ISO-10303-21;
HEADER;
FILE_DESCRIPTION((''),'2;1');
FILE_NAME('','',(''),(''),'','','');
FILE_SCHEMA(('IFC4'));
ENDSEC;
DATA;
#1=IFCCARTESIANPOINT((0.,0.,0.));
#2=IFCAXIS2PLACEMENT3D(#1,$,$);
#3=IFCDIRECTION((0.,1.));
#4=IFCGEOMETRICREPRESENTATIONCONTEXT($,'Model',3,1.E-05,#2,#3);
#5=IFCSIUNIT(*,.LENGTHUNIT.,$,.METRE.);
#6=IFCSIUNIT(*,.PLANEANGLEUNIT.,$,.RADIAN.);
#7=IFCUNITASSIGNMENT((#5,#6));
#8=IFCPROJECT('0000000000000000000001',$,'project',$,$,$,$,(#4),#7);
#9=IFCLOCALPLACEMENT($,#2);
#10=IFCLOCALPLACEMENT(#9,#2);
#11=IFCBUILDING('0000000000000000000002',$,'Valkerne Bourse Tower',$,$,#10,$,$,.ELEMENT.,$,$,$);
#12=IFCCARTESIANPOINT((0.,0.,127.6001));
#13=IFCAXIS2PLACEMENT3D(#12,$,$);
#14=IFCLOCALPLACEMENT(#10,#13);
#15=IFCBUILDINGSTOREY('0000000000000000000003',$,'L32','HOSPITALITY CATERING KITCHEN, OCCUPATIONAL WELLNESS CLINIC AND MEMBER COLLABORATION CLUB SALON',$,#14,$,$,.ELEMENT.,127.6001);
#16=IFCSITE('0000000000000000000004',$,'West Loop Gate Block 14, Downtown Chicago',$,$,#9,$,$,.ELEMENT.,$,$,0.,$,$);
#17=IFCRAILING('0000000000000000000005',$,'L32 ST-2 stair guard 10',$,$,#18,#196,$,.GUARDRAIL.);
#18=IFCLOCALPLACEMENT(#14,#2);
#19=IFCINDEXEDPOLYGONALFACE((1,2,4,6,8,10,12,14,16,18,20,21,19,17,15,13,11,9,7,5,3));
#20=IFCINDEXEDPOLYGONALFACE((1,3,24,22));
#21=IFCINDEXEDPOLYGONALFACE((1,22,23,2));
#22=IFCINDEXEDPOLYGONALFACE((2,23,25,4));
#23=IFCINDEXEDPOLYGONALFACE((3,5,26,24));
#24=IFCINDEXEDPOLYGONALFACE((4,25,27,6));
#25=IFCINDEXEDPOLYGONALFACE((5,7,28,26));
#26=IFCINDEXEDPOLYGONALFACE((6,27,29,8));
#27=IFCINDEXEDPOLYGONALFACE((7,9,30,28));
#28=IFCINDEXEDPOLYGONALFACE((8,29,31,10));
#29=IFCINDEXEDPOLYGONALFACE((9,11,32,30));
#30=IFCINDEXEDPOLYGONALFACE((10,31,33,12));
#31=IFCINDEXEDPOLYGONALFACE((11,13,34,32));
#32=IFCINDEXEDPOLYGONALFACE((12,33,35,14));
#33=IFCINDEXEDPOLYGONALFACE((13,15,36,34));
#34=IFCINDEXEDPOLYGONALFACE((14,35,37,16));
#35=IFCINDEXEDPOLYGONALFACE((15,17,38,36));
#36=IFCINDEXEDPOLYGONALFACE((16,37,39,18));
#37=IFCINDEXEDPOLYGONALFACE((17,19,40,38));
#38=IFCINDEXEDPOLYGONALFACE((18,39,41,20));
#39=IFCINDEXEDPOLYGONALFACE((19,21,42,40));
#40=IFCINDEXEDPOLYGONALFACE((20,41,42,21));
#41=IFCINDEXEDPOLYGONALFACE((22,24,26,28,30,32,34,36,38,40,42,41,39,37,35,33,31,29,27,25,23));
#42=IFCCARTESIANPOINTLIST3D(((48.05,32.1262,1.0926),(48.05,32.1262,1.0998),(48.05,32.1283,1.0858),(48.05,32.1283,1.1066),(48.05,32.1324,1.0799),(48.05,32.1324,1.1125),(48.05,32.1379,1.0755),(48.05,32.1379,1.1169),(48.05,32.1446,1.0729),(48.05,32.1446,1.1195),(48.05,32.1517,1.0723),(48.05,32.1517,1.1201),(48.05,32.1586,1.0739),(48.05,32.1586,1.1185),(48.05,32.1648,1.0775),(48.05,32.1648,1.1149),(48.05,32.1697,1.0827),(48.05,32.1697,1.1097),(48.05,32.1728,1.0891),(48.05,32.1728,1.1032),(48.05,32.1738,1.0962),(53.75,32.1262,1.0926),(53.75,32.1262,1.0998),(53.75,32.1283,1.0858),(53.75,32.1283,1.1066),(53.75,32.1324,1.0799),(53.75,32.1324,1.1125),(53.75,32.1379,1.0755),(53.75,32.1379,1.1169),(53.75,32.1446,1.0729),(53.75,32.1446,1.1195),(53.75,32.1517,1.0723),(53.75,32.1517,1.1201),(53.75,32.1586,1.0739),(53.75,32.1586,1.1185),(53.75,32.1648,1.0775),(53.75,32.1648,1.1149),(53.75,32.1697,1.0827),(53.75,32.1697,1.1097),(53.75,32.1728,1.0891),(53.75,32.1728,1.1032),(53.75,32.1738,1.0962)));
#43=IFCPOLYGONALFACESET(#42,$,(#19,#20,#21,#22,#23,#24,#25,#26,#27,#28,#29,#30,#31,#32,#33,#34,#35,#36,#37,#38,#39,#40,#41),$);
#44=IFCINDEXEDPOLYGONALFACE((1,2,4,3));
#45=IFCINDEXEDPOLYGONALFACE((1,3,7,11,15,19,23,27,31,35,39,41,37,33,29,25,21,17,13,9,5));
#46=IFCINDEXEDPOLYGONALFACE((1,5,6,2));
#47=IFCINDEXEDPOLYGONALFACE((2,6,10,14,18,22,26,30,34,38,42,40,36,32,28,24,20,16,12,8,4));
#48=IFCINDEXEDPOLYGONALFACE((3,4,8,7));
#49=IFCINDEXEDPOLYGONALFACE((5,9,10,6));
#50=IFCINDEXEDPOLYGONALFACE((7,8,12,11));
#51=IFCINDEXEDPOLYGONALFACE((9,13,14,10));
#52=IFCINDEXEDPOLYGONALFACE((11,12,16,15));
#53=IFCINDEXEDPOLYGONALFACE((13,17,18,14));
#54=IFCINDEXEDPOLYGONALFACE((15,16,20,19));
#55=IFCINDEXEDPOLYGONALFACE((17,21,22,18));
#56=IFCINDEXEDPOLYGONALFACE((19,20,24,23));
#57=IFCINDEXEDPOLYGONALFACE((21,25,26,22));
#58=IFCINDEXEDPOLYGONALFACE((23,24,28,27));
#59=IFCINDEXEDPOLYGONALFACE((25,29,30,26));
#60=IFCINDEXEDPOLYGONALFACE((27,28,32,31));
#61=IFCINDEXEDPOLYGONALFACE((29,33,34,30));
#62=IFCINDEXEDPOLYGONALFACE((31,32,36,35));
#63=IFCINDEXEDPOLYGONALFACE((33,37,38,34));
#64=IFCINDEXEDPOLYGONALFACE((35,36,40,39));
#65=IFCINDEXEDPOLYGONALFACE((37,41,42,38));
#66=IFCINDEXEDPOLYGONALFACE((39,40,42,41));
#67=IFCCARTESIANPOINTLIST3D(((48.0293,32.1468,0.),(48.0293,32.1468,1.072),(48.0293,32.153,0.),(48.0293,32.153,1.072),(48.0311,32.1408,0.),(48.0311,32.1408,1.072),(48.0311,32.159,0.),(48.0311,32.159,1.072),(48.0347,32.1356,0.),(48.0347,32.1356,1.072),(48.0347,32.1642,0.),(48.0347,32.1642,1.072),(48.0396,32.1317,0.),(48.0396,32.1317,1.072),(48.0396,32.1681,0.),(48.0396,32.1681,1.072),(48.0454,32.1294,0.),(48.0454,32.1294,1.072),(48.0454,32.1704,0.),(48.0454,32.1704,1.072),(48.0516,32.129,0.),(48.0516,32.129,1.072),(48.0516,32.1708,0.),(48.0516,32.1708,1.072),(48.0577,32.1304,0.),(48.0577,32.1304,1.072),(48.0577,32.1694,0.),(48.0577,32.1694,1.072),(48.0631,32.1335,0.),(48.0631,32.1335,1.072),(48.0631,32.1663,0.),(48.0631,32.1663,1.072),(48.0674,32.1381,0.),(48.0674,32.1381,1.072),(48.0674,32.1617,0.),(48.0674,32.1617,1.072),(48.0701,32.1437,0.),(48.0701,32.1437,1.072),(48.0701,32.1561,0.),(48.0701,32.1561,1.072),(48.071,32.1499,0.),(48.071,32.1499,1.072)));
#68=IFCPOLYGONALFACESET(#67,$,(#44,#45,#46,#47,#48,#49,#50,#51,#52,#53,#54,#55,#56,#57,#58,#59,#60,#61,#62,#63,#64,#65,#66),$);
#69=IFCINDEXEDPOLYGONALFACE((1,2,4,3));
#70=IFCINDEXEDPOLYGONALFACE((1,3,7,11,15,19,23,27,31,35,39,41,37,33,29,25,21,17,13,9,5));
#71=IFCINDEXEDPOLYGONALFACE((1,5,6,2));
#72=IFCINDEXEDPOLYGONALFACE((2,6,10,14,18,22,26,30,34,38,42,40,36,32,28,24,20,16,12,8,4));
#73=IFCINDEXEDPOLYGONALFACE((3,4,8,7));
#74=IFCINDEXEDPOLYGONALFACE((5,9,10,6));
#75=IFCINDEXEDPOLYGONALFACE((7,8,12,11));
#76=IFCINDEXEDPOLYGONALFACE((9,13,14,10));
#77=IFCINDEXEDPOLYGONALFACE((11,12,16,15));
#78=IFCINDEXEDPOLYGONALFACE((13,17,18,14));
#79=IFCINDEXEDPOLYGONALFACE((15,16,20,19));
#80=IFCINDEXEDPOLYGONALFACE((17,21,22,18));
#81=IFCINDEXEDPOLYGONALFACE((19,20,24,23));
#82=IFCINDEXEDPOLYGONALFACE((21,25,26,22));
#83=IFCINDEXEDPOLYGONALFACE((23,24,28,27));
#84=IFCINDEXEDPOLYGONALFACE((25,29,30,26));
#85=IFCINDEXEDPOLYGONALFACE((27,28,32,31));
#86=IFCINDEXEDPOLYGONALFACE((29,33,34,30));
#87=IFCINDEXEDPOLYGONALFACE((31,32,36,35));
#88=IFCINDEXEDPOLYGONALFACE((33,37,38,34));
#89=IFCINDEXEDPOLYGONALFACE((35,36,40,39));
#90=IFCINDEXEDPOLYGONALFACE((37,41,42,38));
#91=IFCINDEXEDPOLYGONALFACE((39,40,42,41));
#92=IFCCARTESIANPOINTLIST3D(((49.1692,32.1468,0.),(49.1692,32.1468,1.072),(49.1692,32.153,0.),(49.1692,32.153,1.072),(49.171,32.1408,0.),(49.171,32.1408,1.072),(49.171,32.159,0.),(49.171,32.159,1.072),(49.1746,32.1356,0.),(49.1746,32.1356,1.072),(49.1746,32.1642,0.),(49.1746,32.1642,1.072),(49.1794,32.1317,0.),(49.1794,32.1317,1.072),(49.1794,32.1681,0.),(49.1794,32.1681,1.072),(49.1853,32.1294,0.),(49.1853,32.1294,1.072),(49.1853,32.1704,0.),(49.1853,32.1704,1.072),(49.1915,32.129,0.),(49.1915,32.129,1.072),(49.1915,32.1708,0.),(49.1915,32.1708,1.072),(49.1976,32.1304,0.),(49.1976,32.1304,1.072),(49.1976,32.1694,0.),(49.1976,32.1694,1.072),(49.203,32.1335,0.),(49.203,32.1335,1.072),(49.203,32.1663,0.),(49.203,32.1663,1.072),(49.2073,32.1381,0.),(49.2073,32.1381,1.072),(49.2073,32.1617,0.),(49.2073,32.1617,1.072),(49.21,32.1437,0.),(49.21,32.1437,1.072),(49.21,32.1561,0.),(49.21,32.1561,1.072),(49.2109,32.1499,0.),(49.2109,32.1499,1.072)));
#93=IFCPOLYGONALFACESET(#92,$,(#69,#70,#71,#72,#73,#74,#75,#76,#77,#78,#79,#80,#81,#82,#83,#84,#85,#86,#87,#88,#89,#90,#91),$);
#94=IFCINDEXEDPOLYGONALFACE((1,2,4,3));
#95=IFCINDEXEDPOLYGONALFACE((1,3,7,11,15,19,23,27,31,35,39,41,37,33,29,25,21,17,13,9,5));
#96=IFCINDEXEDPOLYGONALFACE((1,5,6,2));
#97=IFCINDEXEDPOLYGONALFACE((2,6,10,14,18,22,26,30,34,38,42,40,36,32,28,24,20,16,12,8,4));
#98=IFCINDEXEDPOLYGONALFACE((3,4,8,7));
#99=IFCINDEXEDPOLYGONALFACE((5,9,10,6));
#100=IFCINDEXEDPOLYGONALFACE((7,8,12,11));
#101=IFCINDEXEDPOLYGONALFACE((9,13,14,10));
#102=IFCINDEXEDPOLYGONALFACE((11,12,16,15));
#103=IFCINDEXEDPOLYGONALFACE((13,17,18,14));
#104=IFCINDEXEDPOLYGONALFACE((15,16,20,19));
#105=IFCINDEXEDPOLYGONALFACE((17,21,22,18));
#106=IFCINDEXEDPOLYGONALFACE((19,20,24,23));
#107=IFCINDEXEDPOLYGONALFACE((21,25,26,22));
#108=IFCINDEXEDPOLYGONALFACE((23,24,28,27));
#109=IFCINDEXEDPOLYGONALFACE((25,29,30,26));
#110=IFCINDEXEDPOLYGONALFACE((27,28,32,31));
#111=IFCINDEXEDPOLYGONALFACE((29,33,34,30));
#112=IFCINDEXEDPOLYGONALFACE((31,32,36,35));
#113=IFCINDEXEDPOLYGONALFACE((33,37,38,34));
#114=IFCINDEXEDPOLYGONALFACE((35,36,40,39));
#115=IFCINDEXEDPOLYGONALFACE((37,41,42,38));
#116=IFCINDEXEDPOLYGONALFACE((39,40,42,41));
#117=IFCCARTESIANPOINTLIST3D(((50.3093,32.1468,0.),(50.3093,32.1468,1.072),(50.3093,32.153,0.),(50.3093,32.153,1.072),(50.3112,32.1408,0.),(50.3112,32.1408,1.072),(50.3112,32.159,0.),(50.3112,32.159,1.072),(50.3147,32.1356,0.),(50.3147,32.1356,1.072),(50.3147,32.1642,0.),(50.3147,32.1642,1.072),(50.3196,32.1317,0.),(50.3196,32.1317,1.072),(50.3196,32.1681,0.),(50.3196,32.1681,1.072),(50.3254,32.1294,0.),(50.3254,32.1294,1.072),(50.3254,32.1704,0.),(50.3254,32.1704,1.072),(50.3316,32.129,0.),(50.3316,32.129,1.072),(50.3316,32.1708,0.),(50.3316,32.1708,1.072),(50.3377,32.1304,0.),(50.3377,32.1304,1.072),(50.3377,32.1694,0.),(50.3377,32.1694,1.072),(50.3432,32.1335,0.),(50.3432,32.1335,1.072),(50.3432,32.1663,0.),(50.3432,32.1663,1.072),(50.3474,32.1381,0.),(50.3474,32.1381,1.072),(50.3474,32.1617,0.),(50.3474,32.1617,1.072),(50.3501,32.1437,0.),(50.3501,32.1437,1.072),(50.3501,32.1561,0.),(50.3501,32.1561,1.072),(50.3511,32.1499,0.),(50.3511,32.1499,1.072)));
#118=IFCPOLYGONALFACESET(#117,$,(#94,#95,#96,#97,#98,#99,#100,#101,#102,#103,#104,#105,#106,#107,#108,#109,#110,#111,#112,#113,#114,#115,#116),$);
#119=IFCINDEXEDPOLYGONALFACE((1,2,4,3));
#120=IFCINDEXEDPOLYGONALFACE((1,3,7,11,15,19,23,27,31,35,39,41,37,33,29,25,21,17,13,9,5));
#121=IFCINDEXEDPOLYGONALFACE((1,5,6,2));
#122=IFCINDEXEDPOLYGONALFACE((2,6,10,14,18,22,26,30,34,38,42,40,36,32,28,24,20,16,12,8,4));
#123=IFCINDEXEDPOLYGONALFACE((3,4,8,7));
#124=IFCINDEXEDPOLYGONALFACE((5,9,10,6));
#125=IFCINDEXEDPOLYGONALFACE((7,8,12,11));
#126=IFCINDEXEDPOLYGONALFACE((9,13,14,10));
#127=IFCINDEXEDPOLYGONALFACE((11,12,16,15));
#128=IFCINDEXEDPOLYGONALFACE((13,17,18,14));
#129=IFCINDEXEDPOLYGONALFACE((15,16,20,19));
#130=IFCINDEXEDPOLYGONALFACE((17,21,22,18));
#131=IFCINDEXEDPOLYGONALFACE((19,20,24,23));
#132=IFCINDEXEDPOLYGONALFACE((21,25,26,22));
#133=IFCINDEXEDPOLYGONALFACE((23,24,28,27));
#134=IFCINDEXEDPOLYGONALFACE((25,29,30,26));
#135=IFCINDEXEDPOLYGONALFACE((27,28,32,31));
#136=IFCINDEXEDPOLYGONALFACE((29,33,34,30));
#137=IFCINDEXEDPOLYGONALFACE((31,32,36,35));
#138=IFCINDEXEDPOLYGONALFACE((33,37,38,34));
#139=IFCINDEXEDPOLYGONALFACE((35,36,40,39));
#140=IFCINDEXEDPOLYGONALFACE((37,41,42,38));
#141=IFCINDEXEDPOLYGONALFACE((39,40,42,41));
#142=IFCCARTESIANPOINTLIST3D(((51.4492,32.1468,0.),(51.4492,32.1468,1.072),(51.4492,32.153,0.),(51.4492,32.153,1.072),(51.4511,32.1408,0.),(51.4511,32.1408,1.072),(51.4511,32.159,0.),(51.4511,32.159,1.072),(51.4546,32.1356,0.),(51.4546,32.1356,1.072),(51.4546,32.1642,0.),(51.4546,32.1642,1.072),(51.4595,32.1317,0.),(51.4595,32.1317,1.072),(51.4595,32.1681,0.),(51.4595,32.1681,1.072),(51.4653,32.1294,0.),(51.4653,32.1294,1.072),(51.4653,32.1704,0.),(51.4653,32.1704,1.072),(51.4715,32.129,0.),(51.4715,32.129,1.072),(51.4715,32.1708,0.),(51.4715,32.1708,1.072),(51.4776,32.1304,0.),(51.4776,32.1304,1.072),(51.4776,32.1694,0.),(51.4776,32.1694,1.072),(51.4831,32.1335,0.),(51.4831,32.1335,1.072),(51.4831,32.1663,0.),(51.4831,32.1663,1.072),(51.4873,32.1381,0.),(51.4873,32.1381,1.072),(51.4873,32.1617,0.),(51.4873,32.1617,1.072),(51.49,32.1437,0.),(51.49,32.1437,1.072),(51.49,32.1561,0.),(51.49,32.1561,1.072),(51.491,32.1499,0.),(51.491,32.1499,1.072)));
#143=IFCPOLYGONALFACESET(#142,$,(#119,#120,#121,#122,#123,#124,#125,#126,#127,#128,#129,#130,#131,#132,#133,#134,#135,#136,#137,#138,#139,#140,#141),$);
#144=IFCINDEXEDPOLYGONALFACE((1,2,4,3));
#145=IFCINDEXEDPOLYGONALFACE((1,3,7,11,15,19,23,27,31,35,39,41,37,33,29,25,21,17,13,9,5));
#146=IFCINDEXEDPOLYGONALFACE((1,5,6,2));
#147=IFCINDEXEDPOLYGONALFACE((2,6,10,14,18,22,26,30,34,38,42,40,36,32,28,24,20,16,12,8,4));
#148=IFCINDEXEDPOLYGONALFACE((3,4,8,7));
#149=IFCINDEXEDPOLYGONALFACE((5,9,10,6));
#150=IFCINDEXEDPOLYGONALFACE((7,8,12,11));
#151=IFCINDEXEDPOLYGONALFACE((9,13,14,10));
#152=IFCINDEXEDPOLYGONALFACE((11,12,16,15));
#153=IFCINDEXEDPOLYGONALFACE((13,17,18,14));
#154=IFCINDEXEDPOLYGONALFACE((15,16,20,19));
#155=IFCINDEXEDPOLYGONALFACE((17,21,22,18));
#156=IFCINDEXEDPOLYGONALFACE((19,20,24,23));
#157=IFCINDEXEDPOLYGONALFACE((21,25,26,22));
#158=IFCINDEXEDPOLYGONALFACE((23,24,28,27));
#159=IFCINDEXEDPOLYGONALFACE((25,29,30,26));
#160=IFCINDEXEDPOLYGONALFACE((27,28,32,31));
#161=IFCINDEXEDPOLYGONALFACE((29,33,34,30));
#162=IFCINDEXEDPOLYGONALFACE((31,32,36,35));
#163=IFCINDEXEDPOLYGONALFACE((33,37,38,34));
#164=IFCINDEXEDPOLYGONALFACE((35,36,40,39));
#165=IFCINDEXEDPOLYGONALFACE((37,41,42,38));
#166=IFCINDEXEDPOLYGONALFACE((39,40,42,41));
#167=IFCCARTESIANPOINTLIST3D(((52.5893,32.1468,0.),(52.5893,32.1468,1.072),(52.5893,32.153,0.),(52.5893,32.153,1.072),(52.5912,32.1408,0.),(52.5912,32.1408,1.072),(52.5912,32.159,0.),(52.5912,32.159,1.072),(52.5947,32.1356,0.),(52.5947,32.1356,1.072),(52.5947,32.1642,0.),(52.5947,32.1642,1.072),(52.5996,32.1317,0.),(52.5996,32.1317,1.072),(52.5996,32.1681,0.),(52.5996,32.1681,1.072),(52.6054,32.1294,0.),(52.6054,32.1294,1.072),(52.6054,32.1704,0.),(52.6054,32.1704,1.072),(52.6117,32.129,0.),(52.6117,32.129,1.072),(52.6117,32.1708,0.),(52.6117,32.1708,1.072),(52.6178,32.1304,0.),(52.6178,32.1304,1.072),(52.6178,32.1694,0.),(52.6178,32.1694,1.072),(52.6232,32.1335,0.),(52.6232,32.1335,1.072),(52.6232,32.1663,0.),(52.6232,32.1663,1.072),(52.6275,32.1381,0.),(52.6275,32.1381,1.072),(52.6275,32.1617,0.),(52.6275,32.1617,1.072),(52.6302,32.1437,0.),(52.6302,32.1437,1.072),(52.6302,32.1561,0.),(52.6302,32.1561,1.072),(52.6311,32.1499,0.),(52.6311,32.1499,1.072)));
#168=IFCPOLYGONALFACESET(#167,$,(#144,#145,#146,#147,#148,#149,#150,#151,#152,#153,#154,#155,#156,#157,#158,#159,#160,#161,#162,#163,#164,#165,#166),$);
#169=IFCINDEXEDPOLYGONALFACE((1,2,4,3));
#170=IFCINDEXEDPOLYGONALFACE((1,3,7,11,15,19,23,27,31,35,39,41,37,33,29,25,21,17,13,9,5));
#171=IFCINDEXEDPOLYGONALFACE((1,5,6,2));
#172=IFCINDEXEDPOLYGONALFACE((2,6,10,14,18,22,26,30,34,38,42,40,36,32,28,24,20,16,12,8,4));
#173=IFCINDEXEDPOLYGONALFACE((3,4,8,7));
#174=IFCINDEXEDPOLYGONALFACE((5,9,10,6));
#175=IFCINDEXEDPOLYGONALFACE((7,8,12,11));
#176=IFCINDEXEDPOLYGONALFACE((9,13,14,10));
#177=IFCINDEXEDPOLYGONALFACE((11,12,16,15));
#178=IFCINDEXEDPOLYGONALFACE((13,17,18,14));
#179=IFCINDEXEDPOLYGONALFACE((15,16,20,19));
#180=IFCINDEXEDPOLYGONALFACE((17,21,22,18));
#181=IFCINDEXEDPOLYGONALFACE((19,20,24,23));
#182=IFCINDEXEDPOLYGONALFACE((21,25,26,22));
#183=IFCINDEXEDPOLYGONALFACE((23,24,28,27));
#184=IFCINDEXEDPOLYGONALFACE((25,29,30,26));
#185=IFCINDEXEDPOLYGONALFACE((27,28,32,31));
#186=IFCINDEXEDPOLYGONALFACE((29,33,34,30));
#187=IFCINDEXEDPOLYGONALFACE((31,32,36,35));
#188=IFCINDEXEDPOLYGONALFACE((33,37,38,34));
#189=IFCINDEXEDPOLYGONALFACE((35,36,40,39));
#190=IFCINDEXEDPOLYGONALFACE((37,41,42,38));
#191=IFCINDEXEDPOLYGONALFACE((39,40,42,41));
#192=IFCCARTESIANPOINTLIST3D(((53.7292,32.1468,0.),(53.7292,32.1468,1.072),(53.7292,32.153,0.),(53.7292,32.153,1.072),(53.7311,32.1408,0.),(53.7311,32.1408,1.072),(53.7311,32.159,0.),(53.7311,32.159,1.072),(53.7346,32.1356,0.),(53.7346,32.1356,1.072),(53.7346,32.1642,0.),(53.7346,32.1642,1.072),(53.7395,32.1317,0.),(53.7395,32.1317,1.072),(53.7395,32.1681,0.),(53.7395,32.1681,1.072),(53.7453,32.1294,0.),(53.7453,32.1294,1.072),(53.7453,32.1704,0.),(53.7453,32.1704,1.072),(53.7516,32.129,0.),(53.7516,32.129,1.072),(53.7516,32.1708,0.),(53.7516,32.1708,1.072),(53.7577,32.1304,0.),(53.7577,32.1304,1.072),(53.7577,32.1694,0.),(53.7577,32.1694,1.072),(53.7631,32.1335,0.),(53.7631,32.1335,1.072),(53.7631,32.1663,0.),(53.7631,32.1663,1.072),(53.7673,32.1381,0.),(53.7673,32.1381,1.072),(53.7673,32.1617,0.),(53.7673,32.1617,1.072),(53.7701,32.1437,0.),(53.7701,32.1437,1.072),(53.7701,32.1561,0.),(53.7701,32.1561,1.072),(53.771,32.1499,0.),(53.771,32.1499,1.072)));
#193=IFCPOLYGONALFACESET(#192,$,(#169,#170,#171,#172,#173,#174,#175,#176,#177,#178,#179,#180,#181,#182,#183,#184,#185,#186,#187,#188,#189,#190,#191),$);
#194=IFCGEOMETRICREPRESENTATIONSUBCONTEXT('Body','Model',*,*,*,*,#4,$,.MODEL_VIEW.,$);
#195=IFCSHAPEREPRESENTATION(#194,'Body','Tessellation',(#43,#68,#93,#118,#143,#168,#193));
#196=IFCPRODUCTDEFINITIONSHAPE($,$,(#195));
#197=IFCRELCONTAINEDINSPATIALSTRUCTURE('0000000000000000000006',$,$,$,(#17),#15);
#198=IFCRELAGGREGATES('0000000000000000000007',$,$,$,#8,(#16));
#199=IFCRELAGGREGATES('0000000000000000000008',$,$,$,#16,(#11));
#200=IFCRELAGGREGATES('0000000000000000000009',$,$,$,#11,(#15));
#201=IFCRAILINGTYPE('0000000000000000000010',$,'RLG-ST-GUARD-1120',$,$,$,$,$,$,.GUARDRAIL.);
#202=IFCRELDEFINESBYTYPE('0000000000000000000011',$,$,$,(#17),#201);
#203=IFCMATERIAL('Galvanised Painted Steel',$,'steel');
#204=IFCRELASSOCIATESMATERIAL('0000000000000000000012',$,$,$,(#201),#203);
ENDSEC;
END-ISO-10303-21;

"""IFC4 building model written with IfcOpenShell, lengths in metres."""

from ifc_helpers import new_model, si_unit, direction, frame, origin, origin_2d, place, context, subcontext, project, spatial, circle, extrude, material, type_object, element, save


model = new_model("IFC4")

# Units and contexts
model_context = context("Model", 3, precision=1e-05, world=origin(), true_north=direction((0.0, 1.0)))
body_context = subcontext(model_context, "Body", "Model", "MODEL_VIEW")
ifc_project = project(units=[si_unit("LENGTHUNIT", "METRE"), si_unit("PLANEANGLEUNIT", "RADIAN")], contexts=[model_context])

# Site, building, storey
site_placement = place(None, origin())
site = spatial("IfcSite", under=ifc_project, at=site_placement, Name="West Loop Gate Block 14, Downtown Chicago", CompositionType="ELEMENT", RefElevation=0.0)
building_placement = place(site_placement, origin())
building = spatial("IfcBuilding", under=site, at=building_placement, Name="Valkerne Bourse Tower", CompositionType="ELEMENT")
storey_placement = place(building_placement, frame((0.0, 0.0, 127.6001)))
storey = spatial("IfcBuildingStorey", under=building, at=storey_placement, Name="L32", Description="HOSPITALITY CATERING KITCHEN, OCCUPATIONAL WELLNESS CLINIC AND MEMBER COLLABORATION CLUB SALON", CompositionType="ELEMENT", Elevation=127.6001)

# Shared definitions
ifc_material_1 = material(Name="Galvanised Painted Steel", Category="steel")

# Railing
railing_type_1 = type_object("IfcRailingType", Name="RLG-ST-GUARD-1120", PredefinedType="GUARDRAIL", material=ifc_material_1)
for number, where, name in (
    (1, (48.05, 32.1499, 0.0), "L32 ST-2 stair guard 10"),
):
    element("IfcRailing", number, at=place(storey_placement, frame(where)), inside=storey, type_object=railing_type_1, Name=name, PredefinedType="GUARDRAIL", context=body_context, shape_type="SweptSolid", body=[
        extrude(circle(Radius=0.0239, at=origin_2d()), frame((0.0, 0.0, 1.0962), z_axis=(1.0, 0.0, 0.0), x_axis=(0.0, 1.0, 0.0)), (0.0, 0.0, 1.0), 5.7),
        extrude(circle(Radius=0.021, at=origin_2d()), origin(), (0.0, 0.0, 1.0), 1.072),
        extrude(circle(Radius=0.021, at=origin_2d()), frame((1.1399, 0.0, 0.0)), (0.0, 0.0, 1.0), 1.072),
        extrude(circle(Radius=0.021, at=origin_2d()), frame((2.28, 0.0, 0.0)), (0.0, 0.0, 1.0), 1.072),
        extrude(circle(Radius=0.021, at=origin_2d()), frame((3.4199, 0.0, 0.0)), (0.0, 0.0, 1.0), 1.072),
        extrude(circle(Radius=0.021, at=origin_2d()), frame((4.5601, 0.0, 0.0)), (0.0, 0.0, 1.0), 1.072),
        extrude(circle(Radius=0.021, at=origin_2d()), frame((5.7, 0.0, 0.0)), (0.0, 0.0, 1.0), 1.072),
    ])

save(model, "model.ifc")
